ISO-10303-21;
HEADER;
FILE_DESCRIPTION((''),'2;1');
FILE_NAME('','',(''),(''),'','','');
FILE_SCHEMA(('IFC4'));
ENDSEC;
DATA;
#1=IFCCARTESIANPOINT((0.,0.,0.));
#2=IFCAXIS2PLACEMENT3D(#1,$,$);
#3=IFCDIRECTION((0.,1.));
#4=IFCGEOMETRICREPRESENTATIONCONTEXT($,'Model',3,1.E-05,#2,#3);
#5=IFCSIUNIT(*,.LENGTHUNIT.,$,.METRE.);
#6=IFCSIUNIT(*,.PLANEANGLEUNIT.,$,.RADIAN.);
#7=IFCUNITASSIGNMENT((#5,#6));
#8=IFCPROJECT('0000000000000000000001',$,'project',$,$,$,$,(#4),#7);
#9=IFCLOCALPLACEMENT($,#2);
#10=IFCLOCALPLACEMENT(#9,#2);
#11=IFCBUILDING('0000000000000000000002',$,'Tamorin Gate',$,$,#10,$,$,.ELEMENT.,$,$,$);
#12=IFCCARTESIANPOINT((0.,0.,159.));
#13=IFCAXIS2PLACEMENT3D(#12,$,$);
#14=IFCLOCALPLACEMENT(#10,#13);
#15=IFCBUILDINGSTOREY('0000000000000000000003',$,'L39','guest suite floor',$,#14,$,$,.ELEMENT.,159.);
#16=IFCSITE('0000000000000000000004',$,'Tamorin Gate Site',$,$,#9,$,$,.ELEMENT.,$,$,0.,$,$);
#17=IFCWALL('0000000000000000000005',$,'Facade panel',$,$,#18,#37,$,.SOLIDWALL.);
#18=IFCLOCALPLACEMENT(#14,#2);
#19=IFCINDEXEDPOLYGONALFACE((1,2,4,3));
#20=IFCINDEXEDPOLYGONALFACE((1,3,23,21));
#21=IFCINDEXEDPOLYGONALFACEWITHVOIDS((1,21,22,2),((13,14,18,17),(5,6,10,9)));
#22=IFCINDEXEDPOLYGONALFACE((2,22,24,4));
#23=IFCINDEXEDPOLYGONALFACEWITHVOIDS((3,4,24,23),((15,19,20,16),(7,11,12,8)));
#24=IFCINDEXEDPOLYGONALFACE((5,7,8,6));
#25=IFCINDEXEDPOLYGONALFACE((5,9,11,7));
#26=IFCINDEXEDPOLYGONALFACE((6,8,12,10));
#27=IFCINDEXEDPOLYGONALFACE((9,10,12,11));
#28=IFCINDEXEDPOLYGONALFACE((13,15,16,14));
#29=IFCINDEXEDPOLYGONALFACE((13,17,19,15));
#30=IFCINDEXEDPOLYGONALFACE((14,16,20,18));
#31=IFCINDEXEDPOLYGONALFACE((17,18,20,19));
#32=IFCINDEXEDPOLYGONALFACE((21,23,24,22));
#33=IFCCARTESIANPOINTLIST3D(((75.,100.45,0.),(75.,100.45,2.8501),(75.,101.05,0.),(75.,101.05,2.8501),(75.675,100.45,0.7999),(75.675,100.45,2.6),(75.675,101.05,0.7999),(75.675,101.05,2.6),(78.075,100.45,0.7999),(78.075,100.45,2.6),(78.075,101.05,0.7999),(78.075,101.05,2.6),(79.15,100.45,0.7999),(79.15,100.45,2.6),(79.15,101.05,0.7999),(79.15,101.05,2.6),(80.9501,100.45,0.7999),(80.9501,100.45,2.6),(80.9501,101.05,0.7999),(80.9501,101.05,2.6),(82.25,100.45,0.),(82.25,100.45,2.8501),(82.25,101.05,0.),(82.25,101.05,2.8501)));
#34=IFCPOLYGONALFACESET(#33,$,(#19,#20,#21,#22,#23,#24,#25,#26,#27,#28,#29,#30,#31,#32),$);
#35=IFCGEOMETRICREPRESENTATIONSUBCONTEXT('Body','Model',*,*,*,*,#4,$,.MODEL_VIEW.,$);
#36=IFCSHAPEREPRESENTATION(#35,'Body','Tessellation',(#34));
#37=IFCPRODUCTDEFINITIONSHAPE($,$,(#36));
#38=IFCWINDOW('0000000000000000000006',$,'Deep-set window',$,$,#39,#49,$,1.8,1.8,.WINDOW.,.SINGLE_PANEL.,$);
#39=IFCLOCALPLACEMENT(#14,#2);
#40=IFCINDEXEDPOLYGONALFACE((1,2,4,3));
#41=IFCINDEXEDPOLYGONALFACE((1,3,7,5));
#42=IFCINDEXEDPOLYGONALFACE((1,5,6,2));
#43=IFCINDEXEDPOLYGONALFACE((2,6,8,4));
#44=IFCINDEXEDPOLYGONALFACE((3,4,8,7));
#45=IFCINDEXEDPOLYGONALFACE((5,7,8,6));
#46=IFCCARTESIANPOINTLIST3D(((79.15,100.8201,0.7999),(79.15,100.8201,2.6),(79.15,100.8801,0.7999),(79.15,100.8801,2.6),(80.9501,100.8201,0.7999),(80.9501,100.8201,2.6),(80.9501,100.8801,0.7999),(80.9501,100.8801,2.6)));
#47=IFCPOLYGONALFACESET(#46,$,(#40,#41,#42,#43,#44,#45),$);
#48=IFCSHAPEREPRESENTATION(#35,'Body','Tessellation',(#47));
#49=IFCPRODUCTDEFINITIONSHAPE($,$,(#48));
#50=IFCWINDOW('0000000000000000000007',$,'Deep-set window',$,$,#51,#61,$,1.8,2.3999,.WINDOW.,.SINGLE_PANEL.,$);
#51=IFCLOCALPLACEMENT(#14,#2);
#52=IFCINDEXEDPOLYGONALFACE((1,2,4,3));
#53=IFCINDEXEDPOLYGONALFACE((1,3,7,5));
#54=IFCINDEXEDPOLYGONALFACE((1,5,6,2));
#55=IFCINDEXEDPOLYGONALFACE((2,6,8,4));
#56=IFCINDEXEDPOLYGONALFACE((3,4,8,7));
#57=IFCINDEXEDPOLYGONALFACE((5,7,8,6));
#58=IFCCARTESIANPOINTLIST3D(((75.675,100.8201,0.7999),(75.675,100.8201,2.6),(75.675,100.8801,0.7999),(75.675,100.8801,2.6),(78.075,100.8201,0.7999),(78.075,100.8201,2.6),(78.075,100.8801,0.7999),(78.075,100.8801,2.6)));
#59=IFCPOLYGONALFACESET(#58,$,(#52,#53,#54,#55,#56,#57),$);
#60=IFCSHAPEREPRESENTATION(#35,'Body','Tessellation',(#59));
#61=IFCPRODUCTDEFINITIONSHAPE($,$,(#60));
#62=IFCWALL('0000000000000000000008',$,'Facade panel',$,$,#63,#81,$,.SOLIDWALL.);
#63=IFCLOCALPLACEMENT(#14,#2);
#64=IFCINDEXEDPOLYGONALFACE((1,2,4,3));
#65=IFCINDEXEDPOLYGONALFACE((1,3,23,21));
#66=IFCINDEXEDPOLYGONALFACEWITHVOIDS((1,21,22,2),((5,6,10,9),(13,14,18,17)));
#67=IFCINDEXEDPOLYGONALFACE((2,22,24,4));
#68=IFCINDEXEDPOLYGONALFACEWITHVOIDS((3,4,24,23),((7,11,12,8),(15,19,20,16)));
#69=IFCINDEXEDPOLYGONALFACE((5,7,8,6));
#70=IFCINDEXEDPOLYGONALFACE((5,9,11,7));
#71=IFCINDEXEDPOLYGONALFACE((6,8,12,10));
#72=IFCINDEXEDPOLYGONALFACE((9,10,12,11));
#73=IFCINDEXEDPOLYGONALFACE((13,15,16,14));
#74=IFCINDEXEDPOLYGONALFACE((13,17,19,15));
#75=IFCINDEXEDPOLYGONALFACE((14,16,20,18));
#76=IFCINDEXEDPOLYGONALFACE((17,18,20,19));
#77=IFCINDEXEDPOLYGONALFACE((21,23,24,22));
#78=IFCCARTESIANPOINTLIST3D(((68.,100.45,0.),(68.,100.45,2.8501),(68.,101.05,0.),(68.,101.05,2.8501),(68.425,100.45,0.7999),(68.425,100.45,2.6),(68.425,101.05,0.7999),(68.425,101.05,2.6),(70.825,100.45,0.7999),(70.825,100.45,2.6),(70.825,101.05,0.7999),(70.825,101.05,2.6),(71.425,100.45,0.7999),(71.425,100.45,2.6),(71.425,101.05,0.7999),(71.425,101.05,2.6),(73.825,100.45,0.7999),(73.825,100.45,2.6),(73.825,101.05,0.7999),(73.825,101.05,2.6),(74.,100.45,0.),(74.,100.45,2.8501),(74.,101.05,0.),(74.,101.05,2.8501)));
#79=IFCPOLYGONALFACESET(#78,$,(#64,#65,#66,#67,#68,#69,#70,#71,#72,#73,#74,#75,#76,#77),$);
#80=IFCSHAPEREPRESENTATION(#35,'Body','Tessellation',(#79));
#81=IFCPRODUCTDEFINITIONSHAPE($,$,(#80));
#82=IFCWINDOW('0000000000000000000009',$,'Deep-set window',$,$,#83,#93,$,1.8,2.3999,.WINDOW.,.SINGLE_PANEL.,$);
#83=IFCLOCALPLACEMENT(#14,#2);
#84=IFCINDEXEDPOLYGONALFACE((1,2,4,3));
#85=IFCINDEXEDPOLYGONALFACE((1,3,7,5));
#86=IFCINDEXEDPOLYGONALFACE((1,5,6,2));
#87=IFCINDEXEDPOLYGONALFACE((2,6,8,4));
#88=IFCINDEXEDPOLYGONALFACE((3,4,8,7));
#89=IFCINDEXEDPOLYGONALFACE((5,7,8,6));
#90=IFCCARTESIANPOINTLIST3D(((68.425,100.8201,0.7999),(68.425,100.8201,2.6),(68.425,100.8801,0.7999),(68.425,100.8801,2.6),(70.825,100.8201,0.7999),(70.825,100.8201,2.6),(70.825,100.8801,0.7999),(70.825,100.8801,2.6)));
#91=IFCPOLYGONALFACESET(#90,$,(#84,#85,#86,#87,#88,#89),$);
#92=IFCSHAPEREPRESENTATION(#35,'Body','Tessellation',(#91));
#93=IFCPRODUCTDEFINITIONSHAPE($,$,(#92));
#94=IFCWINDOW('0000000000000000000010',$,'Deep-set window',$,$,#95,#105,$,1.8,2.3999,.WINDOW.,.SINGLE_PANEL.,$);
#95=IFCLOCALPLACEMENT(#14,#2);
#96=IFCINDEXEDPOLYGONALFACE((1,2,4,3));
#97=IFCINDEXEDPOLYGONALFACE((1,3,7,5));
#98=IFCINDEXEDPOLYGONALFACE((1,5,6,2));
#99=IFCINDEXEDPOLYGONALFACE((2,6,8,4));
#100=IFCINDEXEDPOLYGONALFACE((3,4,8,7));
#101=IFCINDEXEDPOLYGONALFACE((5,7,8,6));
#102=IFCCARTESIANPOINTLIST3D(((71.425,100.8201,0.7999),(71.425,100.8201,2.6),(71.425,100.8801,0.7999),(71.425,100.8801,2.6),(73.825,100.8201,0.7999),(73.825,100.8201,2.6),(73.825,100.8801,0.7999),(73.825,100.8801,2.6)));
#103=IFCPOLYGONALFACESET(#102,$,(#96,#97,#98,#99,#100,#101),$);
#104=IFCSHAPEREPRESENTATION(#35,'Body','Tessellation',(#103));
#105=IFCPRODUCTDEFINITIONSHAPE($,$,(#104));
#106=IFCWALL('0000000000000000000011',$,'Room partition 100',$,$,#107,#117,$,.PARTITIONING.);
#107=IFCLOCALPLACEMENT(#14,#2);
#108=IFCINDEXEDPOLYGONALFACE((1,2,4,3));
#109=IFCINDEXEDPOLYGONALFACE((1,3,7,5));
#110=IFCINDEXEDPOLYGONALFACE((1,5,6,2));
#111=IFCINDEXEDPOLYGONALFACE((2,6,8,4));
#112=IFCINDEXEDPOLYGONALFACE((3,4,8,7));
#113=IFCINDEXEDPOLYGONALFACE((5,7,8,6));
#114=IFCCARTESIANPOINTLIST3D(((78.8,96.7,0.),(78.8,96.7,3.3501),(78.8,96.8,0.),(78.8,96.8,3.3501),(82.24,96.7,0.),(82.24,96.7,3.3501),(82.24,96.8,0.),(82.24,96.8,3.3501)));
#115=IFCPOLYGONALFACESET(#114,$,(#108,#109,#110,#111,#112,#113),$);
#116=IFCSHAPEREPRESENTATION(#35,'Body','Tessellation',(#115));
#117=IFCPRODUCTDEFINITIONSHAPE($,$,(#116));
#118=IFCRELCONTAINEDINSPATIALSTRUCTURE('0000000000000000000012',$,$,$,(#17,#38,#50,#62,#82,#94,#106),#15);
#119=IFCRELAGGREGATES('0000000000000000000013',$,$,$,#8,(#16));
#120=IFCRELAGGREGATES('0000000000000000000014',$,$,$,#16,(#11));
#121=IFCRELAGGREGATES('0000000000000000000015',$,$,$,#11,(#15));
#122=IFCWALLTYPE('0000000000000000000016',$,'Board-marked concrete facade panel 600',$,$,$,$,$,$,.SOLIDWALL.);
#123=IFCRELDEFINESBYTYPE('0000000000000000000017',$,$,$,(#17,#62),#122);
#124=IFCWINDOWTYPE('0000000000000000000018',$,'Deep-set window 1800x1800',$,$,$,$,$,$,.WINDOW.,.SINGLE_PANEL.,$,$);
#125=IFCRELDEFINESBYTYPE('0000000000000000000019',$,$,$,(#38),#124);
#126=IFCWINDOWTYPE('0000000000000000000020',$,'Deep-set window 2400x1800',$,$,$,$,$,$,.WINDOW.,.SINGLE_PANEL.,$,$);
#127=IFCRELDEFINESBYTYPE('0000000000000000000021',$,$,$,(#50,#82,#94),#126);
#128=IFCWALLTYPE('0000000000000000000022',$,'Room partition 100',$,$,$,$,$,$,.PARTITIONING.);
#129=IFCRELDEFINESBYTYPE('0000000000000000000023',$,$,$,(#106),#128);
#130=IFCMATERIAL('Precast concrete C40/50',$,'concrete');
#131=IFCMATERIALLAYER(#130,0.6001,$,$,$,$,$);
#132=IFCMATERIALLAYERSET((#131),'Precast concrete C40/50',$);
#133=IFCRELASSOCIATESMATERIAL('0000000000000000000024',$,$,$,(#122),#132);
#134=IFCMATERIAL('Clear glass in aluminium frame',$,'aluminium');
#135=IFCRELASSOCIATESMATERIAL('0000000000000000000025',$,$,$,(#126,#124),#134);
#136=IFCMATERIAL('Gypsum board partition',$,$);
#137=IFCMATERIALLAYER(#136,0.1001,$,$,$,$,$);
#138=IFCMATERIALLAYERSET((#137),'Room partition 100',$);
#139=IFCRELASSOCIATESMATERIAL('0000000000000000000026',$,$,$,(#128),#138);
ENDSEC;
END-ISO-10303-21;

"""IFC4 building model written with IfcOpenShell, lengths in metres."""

from ifc_helpers import new_model, si_unit, direction, frame, frame_2d, origin, place, context, subcontext, project, spatial, rectangle, extrude, material, layer, layer_set, type_object, element, fill, save


model = new_model("IFC4")

# Units and contexts
model_context = context("Model", 3, precision=1e-05, world=origin(), true_north=direction((0.0, 1.0)))
body_context = subcontext(model_context, "Body", "Model", "MODEL_VIEW")
ifc_project = project(units=[si_unit("LENGTHUNIT", "METRE"), si_unit("PLANEANGLEUNIT", "RADIAN")], contexts=[model_context])

# Site, building, storey
site_placement = place(None, origin())
site = spatial("IfcSite", under=ifc_project, at=site_placement, Name="Tamorin Gate Site", CompositionType="ELEMENT", RefElevation=0.0)
building_placement = place(site_placement, origin())
building = spatial("IfcBuilding", under=site, at=building_placement, Name="Tamorin Gate", CompositionType="ELEMENT")
storey_placement = place(building_placement, frame((0.0, 0.0, 159.0)))
storey = spatial("IfcBuildingStorey", under=building, at=storey_placement, Name="L39", Description="guest suite floor", CompositionType="ELEMENT", Elevation=159.0)

# Shared definitions
ifc_material_1 = material(Name="Precast concrete C40/50", Category="concrete")
ifc_layer_1 = layer(ifc_material_1, 0.6001)
ifc_layer_set_1 = layer_set([ifc_layer_1], Name="Precast concrete C40/50")
wall_type_1 = type_object("IfcWallType", Name="Board-marked concrete facade panel 600", PredefinedType="SOLIDWALL", material=ifc_layer_set_1)
ifc_material_2 = material(Name="Clear glass in aluminium frame", Category="aluminium")
window_type_1 = type_object("IfcWindowType", Name="Deep-set window 2400x1800", PartitioningType="SINGLE_PANEL", PredefinedType="WINDOW", material=ifc_material_2)

# Walls, openings, windows
wall_1_placement = place(storey_placement, frame((82.25, 100.75, 0.0), z_axis=(0.0, 0.0, 1.0), x_axis=(-1.0, 0.0, 0.0)))
wall_1 = element("IfcWall", 1, at=wall_1_placement, inside=storey, type_object=wall_type_1, Name="Facade panel", PredefinedType="SOLIDWALL", context=body_context, shape_type="SweptSolid", body=[
    extrude(rectangle(XDim=7.25, YDim=0.6001, at=frame_2d((3.625, 0.0))), origin(), (0.0, 0.0, 1.0), 2.8501),
])
opening_1_placement = place(wall_1_placement, frame((4.175, 0.0, 0.8)))
opening_1 = element("IfcOpeningElement", 2, at=opening_1_placement, cuts=wall_1, PredefinedType="OPENING", context=body_context, shape_type="SweptSolid", body=[
    extrude(rectangle(XDim=2.3999, YDim=1.8, at=frame_2d((1.2, 0.8999))), frame((0.0, 0.3101, 0.0), z_axis=(0.0, -1.0, 0.0), x_axis=(1.0, 0.0, 0.0)), (0.0, 0.0, 1.0), 0.6201),
])
opening_2_placement = place(wall_1_placement, frame((1.3, 0.0, 0.8)))
opening_2 = element("IfcOpeningElement", 3, at=opening_2_placement, cuts=wall_1, PredefinedType="OPENING", context=body_context, shape_type="SweptSolid", body=[
    extrude(rectangle(XDim=1.8, YDim=1.8, at=frame_2d((0.8999, 0.8999))), frame((0.0, 0.3101, 0.0), z_axis=(0.0, -1.0, 0.0), x_axis=(1.0, 0.0, 0.0)), (0.0, 0.0, 1.0), 0.6201),
])
window_type_2 = type_object("IfcWindowType", Name="Deep-set window 1800x1800", PartitioningType="SINGLE_PANEL", PredefinedType="WINDOW", material=ifc_material_2)
window_1_placement = place(opening_2_placement, origin())
window_1 = element("IfcWindow", 4, at=window_1_placement, inside=storey, type_object=window_type_2, Name="Deep-set window", OverallHeight=1.8, OverallWidth=1.8, PartitioningType="SINGLE_PANEL", PredefinedType="WINDOW", context=body_context, shape_type="SweptSolid", body=[
    extrude(rectangle(XDim=1.8, YDim=1.8, at=frame_2d((0.8999, 0.8999))), frame((0.0, -0.0701, 0.0), z_axis=(0.0, -1.0, 0.0), x_axis=(1.0, 0.0, 0.0)), (0.0, 0.0, 1.0), 0.0601),
])
fill(opening_2, window_1)
window_2_placement = place(opening_1_placement, origin())
window_2 = element("IfcWindow", 5, at=window_2_placement, inside=storey, type_object=window_type_1, Name="Deep-set window", OverallHeight=1.8, OverallWidth=2.3999, PartitioningType="SINGLE_PANEL", PredefinedType="WINDOW", context=body_context, shape_type="SweptSolid", body=[
    extrude(rectangle(XDim=2.3999, YDim=1.8, at=frame_2d((1.2, 0.8999))), frame((0.0, -0.0701, 0.0), z_axis=(0.0, -1.0, 0.0), x_axis=(1.0, 0.0, 0.0)), (0.0, 0.0, 1.0), 0.0601),
])
fill(opening_1, window_2)
wall_2_placement = place(storey_placement, frame((74.0, 100.75, 0.0), z_axis=(0.0, 0.0, 1.0), x_axis=(-1.0, 0.0, 0.0)))
wall_2 = element("IfcWall", 6, at=wall_2_placement, inside=storey, type_object=wall_type_1, Name="Facade panel", PredefinedType="SOLIDWALL", context=body_context, shape_type="SweptSolid", body=[
    extrude(rectangle(XDim=6.0, YDim=0.6001, at=frame_2d((3.0, 0.0))), origin(), (0.0, 0.0, 1.0), 2.8501),
])
opening_3_placement = place(wall_2_placement, frame((3.175, 0.0, 0.8)))
opening_3 = element("IfcOpeningElement", 7, at=opening_3_placement, cuts=wall_2, PredefinedType="OPENING", context=body_context, shape_type="SweptSolid", body=[
    extrude(rectangle(XDim=2.3999, YDim=1.8, at=frame_2d((1.2, 0.8999))), frame((0.0, 0.3101, 0.0), z_axis=(0.0, -1.0, 0.0), x_axis=(1.0, 0.0, 0.0)), (0.0, 0.0, 1.0), 0.6201),
])
opening_4_placement = place(wall_2_placement, frame((0.175, 0.0, 0.8)))
opening_4 = element("IfcOpeningElement", 8, at=opening_4_placement, cuts=wall_2, PredefinedType="OPENING", context=body_context, shape_type="SweptSolid", body=[
    extrude(rectangle(XDim=2.3999, YDim=1.8, at=frame_2d((1.2, 0.8999))), frame((0.0, 0.3101, 0.0), z_axis=(0.0, -1.0, 0.0), x_axis=(1.0, 0.0, 0.0)), (0.0, 0.0, 1.0), 0.6201),
])
window_3_placement = place(opening_3_placement, origin())
window_3 = element("IfcWindow", 9, at=window_3_placement, inside=storey, type_object=window_type_1, Name="Deep-set window", OverallHeight=1.8, OverallWidth=2.3999, PartitioningType="SINGLE_PANEL", PredefinedType="WINDOW", context=body_context, shape_type="SweptSolid", body=[
    extrude(rectangle(XDim=2.3999, YDim=1.8, at=frame_2d((1.2, 0.8999))), frame((0.0, -0.0701, 0.0), z_axis=(0.0, -1.0, 0.0), x_axis=(1.0, 0.0, 0.0)), (0.0, 0.0, 1.0), 0.0601),
])
fill(opening_3, window_3)
window_4_placement = place(opening_4_placement, origin())
window_4 = element("IfcWindow", 10, at=window_4_placement, inside=storey, type_object=window_type_1, Name="Deep-set window", OverallHeight=1.8, OverallWidth=2.3999, PartitioningType="SINGLE_PANEL", PredefinedType="WINDOW", context=body_context, shape_type="SweptSolid", body=[
    extrude(rectangle(XDim=2.3999, YDim=1.8, at=frame_2d((1.2, 0.8999))), frame((0.0, -0.0701, 0.0), z_axis=(0.0, -1.0, 0.0), x_axis=(1.0, 0.0, 0.0)), (0.0, 0.0, 1.0), 0.0601),
])
fill(opening_4, window_4)

# Wall
ifc_material_3 = material(Name="Gypsum board partition")
ifc_layer_2 = layer(ifc_material_3, 0.1001)
ifc_layer_set_2 = layer_set([ifc_layer_2], Name="Room partition 100")
wall_type_2 = type_object("IfcWallType", Name="Room partition 100", PredefinedType="PARTITIONING", material=ifc_layer_set_2)
wall_3_placement = place(storey_placement, frame((78.8, 96.75, 0.0), z_axis=(0.0, 0.0, 1.0), x_axis=(1.0, 0.0, 0.0)))
element("IfcWall", 11, at=wall_3_placement, inside=storey, type_object=wall_type_2, Name="Room partition 100", PredefinedType="PARTITIONING", context=body_context, shape_type="SweptSolid", body=[
    extrude(rectangle(XDim=3.4399, YDim=0.1001, at=frame_2d((1.72, 0.0))), origin(), (0.0, 0.0, 1.0), 3.3501),
])

save(model, "model.ifc")
